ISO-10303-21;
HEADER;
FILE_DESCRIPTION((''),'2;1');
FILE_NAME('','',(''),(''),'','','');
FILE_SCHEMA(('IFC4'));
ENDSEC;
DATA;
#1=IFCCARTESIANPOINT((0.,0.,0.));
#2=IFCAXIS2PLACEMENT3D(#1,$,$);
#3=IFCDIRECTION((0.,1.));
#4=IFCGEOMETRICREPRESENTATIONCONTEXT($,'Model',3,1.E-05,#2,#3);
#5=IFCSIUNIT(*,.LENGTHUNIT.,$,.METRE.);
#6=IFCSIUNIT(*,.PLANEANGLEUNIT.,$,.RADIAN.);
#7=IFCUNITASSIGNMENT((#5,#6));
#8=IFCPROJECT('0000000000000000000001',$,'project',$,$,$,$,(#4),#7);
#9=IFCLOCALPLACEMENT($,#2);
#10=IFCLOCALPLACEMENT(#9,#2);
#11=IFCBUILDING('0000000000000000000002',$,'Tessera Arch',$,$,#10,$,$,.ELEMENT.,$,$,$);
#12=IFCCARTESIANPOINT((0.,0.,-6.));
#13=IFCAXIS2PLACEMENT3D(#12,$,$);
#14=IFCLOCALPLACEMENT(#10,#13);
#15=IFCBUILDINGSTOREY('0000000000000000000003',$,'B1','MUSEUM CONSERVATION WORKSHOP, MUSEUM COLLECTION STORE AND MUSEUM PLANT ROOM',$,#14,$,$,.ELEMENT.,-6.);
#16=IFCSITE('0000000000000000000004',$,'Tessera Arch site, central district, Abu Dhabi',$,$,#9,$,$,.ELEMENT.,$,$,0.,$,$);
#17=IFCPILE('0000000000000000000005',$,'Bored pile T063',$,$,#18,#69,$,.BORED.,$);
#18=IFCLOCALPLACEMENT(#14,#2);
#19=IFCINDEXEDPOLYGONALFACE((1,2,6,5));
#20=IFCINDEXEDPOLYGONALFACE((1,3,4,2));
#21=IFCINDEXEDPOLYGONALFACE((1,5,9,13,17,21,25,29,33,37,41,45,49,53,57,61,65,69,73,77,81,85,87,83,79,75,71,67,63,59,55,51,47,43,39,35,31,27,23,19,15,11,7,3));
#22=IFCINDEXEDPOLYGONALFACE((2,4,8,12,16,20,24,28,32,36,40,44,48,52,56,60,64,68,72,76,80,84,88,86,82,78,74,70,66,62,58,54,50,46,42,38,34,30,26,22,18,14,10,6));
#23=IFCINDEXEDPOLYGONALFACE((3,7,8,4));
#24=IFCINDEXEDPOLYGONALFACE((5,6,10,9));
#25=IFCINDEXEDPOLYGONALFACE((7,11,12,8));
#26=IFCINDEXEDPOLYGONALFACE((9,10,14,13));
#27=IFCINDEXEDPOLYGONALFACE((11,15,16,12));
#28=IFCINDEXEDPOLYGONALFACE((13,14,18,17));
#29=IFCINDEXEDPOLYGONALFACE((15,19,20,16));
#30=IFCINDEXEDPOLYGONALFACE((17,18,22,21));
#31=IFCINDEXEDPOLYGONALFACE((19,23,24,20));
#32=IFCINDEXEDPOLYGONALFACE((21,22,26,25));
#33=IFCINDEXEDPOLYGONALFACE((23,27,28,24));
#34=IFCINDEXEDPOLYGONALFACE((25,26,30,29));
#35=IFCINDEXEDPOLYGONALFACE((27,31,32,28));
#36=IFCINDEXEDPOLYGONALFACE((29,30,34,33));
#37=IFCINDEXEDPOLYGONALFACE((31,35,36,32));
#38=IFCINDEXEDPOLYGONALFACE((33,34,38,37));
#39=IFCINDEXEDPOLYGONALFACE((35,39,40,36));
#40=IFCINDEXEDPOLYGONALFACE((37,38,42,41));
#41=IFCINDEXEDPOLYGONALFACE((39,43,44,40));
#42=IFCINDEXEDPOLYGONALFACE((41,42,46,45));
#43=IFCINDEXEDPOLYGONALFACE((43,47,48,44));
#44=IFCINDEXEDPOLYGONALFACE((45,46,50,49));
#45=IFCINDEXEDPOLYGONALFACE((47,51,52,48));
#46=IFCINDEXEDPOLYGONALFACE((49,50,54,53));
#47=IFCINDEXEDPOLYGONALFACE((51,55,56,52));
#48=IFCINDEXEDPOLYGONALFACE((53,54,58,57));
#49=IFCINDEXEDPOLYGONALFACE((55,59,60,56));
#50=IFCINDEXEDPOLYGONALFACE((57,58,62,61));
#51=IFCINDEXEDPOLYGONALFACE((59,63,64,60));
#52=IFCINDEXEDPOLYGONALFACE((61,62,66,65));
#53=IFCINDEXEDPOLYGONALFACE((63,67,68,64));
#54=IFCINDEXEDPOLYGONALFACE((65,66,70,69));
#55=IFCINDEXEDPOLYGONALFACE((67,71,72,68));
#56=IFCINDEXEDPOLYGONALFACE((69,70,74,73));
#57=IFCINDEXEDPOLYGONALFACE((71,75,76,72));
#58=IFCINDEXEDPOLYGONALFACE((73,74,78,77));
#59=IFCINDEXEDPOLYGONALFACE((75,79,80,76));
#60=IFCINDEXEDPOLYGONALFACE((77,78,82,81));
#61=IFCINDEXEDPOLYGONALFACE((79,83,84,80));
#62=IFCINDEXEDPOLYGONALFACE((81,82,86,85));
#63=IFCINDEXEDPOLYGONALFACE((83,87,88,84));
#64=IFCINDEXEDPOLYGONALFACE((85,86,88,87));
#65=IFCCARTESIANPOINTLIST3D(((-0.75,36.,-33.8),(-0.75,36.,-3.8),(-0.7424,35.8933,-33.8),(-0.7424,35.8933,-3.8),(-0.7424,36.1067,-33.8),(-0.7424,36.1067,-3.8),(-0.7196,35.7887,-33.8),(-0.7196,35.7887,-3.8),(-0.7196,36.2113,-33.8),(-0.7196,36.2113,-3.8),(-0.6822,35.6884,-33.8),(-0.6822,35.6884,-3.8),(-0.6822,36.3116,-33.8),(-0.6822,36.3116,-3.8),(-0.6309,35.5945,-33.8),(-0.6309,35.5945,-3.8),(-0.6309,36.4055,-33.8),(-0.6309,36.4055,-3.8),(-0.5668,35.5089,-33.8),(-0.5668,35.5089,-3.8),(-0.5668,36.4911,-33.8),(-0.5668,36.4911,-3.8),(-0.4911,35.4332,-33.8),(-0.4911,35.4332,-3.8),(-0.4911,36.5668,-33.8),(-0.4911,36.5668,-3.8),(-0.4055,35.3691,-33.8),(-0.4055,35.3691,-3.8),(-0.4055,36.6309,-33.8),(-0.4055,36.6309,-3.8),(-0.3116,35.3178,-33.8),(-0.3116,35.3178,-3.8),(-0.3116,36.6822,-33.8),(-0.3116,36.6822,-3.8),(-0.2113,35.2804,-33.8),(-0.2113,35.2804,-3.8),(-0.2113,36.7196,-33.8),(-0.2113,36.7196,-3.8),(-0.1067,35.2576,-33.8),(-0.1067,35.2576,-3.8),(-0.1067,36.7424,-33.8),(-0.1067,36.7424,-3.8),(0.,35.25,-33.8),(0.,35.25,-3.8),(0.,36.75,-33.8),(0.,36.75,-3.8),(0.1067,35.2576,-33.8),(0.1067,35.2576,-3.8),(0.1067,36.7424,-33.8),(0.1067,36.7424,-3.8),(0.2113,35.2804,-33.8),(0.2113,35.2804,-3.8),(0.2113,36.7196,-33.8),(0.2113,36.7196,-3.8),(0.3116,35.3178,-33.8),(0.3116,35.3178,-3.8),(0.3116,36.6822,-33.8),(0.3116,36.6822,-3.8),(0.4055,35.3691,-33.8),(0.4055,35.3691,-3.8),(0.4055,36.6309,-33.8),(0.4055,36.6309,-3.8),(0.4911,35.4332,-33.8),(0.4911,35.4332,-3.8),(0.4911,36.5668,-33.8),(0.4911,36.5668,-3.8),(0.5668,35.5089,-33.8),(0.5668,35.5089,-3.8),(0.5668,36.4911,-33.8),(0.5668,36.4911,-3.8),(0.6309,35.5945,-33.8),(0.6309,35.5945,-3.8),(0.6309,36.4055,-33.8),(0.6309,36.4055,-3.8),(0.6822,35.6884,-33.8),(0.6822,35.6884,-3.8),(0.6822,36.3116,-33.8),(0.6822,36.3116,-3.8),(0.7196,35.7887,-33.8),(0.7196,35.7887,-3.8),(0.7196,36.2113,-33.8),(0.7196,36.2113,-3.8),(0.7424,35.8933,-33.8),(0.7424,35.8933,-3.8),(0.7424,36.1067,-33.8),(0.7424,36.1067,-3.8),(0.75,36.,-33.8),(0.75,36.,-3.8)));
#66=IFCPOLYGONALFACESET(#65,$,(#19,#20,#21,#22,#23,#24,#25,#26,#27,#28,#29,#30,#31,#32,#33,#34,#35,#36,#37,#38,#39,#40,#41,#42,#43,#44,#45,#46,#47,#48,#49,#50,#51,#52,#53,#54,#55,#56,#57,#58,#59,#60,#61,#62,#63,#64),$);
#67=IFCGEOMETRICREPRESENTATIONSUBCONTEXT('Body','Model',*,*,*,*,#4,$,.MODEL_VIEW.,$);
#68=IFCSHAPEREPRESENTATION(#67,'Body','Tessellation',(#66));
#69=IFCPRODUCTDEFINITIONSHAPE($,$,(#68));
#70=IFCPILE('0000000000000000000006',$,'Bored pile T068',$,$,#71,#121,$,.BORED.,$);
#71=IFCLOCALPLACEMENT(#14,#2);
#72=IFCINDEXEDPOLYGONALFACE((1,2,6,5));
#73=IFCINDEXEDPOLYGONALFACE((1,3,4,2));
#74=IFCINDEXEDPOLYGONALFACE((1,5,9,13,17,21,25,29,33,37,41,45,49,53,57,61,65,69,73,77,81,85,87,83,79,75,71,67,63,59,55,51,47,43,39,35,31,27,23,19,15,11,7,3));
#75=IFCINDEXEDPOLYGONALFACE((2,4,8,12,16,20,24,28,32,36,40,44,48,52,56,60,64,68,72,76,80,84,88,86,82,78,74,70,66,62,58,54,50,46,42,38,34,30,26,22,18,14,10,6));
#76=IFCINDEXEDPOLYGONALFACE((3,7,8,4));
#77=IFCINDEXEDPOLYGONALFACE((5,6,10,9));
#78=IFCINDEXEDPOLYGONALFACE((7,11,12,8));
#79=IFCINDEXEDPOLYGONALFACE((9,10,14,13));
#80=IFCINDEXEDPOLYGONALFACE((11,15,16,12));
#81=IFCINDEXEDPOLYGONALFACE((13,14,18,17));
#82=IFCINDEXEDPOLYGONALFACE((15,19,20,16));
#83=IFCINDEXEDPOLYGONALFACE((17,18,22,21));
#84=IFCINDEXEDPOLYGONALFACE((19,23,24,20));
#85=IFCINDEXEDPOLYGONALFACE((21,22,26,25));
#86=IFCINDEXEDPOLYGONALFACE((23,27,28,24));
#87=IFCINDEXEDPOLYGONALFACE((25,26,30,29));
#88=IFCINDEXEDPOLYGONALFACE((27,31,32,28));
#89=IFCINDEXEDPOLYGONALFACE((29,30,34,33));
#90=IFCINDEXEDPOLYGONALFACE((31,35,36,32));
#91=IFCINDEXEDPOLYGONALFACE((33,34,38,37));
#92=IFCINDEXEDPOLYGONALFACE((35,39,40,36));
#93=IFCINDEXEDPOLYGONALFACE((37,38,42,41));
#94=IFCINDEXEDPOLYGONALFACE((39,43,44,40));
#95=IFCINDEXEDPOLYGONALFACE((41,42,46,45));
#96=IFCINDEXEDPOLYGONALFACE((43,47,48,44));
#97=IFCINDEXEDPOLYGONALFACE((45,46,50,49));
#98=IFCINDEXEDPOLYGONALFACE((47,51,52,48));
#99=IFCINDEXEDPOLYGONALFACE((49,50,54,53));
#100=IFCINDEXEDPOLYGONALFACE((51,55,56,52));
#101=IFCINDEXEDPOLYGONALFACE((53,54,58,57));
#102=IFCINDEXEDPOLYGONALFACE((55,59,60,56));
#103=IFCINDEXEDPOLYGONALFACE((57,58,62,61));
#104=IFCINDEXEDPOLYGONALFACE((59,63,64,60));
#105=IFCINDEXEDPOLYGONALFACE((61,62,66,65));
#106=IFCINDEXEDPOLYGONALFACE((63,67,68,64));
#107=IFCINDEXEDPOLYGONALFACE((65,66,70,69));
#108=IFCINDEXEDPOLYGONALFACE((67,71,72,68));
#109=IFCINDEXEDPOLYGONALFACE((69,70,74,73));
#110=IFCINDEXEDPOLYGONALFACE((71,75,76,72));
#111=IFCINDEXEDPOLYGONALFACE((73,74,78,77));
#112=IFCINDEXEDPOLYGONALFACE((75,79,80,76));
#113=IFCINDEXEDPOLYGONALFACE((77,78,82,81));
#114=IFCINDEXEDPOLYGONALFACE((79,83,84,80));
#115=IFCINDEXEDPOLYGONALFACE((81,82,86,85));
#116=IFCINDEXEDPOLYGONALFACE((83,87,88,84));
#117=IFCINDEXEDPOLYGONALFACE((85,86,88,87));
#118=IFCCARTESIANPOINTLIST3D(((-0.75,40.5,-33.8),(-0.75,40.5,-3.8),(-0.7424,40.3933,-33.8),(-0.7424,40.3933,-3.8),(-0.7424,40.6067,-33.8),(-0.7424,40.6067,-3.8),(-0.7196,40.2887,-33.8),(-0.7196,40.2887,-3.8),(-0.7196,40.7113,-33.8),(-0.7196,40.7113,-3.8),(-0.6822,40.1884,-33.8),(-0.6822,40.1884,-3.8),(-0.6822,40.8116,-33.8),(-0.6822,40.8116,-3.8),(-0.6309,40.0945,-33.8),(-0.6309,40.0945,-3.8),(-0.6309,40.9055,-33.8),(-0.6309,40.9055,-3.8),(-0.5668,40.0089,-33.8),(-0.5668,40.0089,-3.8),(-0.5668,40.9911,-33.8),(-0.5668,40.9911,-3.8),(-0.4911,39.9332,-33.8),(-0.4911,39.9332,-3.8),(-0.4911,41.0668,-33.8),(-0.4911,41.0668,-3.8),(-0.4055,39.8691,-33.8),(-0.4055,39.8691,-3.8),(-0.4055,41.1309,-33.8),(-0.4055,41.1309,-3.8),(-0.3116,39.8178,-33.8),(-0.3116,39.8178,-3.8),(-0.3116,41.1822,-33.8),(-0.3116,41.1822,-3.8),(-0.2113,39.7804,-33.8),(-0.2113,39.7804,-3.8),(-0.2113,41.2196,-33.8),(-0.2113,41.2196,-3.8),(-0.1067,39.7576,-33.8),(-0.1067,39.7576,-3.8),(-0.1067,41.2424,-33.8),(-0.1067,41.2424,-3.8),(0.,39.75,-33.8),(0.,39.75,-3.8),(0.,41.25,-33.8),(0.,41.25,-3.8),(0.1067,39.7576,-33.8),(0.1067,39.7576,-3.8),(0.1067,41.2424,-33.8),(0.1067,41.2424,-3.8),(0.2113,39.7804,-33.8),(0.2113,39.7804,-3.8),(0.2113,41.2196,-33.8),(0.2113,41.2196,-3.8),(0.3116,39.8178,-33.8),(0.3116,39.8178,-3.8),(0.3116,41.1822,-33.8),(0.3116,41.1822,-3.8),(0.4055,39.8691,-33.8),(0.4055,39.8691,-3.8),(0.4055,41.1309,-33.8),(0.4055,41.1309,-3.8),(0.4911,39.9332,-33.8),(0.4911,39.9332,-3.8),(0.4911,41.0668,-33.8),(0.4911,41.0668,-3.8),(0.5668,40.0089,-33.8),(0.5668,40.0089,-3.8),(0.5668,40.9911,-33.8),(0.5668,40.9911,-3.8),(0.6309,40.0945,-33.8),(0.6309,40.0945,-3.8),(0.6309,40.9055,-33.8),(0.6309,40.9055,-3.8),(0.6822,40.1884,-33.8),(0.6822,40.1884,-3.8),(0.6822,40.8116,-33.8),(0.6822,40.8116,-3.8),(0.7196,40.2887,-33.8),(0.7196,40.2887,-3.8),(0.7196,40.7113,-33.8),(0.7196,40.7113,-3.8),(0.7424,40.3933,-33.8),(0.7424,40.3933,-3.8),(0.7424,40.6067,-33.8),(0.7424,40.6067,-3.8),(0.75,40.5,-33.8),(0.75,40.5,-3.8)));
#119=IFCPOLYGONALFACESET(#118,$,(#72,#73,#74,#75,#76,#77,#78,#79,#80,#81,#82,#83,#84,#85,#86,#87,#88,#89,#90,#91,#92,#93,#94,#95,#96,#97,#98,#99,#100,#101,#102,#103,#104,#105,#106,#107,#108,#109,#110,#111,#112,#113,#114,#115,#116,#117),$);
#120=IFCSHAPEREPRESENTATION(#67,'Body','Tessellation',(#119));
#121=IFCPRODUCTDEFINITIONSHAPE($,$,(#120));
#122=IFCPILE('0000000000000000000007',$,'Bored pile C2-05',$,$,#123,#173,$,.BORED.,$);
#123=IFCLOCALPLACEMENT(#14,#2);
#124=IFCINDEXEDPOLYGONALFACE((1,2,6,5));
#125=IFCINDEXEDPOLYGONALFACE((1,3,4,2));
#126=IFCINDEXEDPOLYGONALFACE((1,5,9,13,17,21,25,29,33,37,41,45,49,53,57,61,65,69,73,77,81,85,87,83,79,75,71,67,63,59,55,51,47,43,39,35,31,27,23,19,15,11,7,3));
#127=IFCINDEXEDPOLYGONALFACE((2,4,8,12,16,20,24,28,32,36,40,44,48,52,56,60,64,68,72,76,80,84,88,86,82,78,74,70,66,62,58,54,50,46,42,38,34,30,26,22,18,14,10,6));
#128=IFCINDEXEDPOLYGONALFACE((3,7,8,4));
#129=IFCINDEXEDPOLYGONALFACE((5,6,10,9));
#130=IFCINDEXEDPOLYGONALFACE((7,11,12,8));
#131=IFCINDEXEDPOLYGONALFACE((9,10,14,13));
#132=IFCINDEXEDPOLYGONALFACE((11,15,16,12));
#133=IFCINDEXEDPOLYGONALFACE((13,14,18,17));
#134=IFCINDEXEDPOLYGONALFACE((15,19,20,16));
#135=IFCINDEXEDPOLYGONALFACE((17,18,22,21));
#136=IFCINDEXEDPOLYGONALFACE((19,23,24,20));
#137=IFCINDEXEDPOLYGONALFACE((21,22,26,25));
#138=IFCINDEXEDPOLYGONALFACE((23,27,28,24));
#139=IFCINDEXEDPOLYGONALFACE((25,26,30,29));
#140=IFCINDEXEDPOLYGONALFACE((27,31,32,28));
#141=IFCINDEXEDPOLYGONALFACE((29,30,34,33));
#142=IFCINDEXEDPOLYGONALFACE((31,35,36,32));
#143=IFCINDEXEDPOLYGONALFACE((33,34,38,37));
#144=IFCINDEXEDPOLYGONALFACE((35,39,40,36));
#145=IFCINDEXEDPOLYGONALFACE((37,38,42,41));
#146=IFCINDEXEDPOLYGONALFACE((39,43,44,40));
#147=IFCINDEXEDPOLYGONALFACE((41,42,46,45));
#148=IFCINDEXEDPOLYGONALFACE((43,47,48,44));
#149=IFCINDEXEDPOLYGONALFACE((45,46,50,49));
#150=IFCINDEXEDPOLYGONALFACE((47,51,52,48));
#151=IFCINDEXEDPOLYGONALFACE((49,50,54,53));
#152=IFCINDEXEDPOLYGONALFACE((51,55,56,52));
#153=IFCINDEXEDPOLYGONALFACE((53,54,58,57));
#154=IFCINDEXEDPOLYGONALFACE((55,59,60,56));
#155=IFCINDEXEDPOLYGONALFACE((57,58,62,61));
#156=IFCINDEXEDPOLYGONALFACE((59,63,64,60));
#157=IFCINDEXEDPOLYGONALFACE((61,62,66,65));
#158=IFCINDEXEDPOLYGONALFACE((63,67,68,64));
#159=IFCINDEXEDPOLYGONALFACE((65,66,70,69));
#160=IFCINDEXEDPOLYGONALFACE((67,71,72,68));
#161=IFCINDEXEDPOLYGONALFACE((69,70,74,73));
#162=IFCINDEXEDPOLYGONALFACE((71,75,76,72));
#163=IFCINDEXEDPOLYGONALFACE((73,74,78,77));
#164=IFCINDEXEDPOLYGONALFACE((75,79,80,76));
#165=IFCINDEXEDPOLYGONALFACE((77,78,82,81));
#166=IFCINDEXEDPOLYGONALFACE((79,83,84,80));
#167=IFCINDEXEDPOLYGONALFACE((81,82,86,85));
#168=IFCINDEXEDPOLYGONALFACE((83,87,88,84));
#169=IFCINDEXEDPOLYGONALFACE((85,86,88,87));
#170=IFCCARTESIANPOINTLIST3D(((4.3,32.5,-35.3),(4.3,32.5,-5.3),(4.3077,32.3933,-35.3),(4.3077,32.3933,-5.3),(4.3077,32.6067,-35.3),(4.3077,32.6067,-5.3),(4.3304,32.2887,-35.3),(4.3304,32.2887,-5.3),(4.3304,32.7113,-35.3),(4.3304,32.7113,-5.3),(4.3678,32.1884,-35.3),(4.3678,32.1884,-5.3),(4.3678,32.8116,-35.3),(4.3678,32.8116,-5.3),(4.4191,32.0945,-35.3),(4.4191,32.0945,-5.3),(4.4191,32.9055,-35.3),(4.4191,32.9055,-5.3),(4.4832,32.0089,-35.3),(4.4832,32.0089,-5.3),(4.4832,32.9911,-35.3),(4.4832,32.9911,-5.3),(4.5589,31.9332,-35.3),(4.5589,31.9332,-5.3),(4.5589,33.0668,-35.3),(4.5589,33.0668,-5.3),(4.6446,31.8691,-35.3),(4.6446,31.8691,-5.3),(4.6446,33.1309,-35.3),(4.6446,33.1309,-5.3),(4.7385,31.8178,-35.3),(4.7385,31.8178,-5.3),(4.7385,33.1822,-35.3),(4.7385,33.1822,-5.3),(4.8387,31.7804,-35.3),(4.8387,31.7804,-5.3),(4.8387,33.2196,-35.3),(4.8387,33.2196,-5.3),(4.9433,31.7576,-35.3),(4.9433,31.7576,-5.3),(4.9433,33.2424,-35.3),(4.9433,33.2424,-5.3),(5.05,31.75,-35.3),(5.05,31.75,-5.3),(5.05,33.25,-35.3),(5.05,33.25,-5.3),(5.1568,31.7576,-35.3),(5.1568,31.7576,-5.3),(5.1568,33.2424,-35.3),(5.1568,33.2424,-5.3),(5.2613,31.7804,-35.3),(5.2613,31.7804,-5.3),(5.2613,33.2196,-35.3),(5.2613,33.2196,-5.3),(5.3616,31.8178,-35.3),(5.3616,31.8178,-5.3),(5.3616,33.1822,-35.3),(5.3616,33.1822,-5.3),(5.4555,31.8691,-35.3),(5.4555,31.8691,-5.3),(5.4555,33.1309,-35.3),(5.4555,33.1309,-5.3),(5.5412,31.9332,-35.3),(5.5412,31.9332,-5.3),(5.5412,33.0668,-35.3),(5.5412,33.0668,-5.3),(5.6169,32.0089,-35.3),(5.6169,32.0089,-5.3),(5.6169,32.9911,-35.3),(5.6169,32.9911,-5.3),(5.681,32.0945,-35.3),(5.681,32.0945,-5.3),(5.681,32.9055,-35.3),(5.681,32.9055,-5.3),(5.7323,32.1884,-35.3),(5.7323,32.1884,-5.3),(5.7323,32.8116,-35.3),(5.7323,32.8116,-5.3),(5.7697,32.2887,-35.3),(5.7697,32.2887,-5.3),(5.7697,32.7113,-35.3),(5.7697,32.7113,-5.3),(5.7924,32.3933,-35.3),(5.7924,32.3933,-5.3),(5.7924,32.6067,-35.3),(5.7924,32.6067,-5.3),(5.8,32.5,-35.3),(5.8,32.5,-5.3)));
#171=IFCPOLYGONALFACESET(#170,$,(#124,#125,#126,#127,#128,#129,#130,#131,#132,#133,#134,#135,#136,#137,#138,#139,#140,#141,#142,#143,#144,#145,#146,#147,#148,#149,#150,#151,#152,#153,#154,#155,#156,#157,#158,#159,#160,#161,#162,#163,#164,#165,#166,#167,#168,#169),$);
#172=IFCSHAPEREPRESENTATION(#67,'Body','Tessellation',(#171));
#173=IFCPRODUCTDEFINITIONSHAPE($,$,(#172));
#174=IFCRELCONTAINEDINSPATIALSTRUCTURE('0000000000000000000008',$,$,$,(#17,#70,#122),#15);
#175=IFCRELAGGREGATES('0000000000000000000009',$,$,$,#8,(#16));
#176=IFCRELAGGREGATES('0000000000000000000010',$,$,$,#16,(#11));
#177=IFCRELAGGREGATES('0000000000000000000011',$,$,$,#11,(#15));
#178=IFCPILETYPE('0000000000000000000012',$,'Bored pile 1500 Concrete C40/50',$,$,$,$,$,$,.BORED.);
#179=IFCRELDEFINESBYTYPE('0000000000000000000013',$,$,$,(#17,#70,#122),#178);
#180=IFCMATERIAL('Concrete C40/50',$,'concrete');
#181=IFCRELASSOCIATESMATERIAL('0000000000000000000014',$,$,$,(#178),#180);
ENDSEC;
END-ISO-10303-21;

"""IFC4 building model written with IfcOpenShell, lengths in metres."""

from ifc_helpers import new_model, si_unit, direction, frame, origin, origin_2d, place, context, subcontext, project, spatial, circle, extrude, material, type_object, element, save


model = new_model("IFC4")

# Units and contexts
model_context = context("Model", 3, precision=1e-05, world=origin(), true_north=direction((0.0, 1.0)))
body_context = subcontext(model_context, "Body", "Model", "MODEL_VIEW")
ifc_project = project(units=[si_unit("LENGTHUNIT", "METRE"), si_unit("PLANEANGLEUNIT", "RADIAN")], contexts=[model_context])

# Site, building, storey
site_placement = place(None, origin())
site = spatial("IfcSite", under=ifc_project, at=site_placement, Name="Tessera Arch site, central district, Abu Dhabi", CompositionType="ELEMENT", RefElevation=0.0)
building_placement = place(site_placement, origin())
building = spatial("IfcBuilding", under=site, at=building_placement, Name="Tessera Arch", CompositionType="ELEMENT")
storey_placement = place(building_placement, frame((0.0, 0.0, -6.0)))
storey = spatial("IfcBuildingStorey", under=building, at=storey_placement, Name="B1", Description="MUSEUM CONSERVATION WORKSHOP, MUSEUM COLLECTION STORE AND MUSEUM PLANT ROOM", CompositionType="ELEMENT", Elevation=-6.0)

# Piles
ifc_material_1 = material(Name="Concrete C40/50", Category="concrete")
pile_type_1 = type_object("IfcPileType", Name="Bored pile 1500 Concrete C40/50", PredefinedType="BORED", material=ifc_material_1)
for number, where, z_axis, x_axis, name in (
    (1, (0.0, 36.0, -3.8), (0.0, 0.0, -1.0), (1.0, 0.0, 0.0), "Bored pile T063"),
    (2, (0.0, 40.5, -3.8), (0.0, 0.0, -1.0), (1.0, 0.0, 0.0), "Bored pile T068"),
    (3, (5.05, 32.5, -5.3), (0.0, 0.0, -1.0), (1.0, 0.0, 0.0), "Bored pile C2-05"),
):
    element("IfcPile", number, at=place(storey_placement, frame(where, z_axis=z_axis, x_axis=x_axis)), inside=storey, type_object=pile_type_1, Name=name, PredefinedType="BORED", context=body_context, shape_type="SweptSolid", body=[
        extrude(circle(Radius=0.75, at=origin_2d()), origin(), (0.0, 0.0, 1.0), 30.0),
    ])

save(model, "model.ifc")
